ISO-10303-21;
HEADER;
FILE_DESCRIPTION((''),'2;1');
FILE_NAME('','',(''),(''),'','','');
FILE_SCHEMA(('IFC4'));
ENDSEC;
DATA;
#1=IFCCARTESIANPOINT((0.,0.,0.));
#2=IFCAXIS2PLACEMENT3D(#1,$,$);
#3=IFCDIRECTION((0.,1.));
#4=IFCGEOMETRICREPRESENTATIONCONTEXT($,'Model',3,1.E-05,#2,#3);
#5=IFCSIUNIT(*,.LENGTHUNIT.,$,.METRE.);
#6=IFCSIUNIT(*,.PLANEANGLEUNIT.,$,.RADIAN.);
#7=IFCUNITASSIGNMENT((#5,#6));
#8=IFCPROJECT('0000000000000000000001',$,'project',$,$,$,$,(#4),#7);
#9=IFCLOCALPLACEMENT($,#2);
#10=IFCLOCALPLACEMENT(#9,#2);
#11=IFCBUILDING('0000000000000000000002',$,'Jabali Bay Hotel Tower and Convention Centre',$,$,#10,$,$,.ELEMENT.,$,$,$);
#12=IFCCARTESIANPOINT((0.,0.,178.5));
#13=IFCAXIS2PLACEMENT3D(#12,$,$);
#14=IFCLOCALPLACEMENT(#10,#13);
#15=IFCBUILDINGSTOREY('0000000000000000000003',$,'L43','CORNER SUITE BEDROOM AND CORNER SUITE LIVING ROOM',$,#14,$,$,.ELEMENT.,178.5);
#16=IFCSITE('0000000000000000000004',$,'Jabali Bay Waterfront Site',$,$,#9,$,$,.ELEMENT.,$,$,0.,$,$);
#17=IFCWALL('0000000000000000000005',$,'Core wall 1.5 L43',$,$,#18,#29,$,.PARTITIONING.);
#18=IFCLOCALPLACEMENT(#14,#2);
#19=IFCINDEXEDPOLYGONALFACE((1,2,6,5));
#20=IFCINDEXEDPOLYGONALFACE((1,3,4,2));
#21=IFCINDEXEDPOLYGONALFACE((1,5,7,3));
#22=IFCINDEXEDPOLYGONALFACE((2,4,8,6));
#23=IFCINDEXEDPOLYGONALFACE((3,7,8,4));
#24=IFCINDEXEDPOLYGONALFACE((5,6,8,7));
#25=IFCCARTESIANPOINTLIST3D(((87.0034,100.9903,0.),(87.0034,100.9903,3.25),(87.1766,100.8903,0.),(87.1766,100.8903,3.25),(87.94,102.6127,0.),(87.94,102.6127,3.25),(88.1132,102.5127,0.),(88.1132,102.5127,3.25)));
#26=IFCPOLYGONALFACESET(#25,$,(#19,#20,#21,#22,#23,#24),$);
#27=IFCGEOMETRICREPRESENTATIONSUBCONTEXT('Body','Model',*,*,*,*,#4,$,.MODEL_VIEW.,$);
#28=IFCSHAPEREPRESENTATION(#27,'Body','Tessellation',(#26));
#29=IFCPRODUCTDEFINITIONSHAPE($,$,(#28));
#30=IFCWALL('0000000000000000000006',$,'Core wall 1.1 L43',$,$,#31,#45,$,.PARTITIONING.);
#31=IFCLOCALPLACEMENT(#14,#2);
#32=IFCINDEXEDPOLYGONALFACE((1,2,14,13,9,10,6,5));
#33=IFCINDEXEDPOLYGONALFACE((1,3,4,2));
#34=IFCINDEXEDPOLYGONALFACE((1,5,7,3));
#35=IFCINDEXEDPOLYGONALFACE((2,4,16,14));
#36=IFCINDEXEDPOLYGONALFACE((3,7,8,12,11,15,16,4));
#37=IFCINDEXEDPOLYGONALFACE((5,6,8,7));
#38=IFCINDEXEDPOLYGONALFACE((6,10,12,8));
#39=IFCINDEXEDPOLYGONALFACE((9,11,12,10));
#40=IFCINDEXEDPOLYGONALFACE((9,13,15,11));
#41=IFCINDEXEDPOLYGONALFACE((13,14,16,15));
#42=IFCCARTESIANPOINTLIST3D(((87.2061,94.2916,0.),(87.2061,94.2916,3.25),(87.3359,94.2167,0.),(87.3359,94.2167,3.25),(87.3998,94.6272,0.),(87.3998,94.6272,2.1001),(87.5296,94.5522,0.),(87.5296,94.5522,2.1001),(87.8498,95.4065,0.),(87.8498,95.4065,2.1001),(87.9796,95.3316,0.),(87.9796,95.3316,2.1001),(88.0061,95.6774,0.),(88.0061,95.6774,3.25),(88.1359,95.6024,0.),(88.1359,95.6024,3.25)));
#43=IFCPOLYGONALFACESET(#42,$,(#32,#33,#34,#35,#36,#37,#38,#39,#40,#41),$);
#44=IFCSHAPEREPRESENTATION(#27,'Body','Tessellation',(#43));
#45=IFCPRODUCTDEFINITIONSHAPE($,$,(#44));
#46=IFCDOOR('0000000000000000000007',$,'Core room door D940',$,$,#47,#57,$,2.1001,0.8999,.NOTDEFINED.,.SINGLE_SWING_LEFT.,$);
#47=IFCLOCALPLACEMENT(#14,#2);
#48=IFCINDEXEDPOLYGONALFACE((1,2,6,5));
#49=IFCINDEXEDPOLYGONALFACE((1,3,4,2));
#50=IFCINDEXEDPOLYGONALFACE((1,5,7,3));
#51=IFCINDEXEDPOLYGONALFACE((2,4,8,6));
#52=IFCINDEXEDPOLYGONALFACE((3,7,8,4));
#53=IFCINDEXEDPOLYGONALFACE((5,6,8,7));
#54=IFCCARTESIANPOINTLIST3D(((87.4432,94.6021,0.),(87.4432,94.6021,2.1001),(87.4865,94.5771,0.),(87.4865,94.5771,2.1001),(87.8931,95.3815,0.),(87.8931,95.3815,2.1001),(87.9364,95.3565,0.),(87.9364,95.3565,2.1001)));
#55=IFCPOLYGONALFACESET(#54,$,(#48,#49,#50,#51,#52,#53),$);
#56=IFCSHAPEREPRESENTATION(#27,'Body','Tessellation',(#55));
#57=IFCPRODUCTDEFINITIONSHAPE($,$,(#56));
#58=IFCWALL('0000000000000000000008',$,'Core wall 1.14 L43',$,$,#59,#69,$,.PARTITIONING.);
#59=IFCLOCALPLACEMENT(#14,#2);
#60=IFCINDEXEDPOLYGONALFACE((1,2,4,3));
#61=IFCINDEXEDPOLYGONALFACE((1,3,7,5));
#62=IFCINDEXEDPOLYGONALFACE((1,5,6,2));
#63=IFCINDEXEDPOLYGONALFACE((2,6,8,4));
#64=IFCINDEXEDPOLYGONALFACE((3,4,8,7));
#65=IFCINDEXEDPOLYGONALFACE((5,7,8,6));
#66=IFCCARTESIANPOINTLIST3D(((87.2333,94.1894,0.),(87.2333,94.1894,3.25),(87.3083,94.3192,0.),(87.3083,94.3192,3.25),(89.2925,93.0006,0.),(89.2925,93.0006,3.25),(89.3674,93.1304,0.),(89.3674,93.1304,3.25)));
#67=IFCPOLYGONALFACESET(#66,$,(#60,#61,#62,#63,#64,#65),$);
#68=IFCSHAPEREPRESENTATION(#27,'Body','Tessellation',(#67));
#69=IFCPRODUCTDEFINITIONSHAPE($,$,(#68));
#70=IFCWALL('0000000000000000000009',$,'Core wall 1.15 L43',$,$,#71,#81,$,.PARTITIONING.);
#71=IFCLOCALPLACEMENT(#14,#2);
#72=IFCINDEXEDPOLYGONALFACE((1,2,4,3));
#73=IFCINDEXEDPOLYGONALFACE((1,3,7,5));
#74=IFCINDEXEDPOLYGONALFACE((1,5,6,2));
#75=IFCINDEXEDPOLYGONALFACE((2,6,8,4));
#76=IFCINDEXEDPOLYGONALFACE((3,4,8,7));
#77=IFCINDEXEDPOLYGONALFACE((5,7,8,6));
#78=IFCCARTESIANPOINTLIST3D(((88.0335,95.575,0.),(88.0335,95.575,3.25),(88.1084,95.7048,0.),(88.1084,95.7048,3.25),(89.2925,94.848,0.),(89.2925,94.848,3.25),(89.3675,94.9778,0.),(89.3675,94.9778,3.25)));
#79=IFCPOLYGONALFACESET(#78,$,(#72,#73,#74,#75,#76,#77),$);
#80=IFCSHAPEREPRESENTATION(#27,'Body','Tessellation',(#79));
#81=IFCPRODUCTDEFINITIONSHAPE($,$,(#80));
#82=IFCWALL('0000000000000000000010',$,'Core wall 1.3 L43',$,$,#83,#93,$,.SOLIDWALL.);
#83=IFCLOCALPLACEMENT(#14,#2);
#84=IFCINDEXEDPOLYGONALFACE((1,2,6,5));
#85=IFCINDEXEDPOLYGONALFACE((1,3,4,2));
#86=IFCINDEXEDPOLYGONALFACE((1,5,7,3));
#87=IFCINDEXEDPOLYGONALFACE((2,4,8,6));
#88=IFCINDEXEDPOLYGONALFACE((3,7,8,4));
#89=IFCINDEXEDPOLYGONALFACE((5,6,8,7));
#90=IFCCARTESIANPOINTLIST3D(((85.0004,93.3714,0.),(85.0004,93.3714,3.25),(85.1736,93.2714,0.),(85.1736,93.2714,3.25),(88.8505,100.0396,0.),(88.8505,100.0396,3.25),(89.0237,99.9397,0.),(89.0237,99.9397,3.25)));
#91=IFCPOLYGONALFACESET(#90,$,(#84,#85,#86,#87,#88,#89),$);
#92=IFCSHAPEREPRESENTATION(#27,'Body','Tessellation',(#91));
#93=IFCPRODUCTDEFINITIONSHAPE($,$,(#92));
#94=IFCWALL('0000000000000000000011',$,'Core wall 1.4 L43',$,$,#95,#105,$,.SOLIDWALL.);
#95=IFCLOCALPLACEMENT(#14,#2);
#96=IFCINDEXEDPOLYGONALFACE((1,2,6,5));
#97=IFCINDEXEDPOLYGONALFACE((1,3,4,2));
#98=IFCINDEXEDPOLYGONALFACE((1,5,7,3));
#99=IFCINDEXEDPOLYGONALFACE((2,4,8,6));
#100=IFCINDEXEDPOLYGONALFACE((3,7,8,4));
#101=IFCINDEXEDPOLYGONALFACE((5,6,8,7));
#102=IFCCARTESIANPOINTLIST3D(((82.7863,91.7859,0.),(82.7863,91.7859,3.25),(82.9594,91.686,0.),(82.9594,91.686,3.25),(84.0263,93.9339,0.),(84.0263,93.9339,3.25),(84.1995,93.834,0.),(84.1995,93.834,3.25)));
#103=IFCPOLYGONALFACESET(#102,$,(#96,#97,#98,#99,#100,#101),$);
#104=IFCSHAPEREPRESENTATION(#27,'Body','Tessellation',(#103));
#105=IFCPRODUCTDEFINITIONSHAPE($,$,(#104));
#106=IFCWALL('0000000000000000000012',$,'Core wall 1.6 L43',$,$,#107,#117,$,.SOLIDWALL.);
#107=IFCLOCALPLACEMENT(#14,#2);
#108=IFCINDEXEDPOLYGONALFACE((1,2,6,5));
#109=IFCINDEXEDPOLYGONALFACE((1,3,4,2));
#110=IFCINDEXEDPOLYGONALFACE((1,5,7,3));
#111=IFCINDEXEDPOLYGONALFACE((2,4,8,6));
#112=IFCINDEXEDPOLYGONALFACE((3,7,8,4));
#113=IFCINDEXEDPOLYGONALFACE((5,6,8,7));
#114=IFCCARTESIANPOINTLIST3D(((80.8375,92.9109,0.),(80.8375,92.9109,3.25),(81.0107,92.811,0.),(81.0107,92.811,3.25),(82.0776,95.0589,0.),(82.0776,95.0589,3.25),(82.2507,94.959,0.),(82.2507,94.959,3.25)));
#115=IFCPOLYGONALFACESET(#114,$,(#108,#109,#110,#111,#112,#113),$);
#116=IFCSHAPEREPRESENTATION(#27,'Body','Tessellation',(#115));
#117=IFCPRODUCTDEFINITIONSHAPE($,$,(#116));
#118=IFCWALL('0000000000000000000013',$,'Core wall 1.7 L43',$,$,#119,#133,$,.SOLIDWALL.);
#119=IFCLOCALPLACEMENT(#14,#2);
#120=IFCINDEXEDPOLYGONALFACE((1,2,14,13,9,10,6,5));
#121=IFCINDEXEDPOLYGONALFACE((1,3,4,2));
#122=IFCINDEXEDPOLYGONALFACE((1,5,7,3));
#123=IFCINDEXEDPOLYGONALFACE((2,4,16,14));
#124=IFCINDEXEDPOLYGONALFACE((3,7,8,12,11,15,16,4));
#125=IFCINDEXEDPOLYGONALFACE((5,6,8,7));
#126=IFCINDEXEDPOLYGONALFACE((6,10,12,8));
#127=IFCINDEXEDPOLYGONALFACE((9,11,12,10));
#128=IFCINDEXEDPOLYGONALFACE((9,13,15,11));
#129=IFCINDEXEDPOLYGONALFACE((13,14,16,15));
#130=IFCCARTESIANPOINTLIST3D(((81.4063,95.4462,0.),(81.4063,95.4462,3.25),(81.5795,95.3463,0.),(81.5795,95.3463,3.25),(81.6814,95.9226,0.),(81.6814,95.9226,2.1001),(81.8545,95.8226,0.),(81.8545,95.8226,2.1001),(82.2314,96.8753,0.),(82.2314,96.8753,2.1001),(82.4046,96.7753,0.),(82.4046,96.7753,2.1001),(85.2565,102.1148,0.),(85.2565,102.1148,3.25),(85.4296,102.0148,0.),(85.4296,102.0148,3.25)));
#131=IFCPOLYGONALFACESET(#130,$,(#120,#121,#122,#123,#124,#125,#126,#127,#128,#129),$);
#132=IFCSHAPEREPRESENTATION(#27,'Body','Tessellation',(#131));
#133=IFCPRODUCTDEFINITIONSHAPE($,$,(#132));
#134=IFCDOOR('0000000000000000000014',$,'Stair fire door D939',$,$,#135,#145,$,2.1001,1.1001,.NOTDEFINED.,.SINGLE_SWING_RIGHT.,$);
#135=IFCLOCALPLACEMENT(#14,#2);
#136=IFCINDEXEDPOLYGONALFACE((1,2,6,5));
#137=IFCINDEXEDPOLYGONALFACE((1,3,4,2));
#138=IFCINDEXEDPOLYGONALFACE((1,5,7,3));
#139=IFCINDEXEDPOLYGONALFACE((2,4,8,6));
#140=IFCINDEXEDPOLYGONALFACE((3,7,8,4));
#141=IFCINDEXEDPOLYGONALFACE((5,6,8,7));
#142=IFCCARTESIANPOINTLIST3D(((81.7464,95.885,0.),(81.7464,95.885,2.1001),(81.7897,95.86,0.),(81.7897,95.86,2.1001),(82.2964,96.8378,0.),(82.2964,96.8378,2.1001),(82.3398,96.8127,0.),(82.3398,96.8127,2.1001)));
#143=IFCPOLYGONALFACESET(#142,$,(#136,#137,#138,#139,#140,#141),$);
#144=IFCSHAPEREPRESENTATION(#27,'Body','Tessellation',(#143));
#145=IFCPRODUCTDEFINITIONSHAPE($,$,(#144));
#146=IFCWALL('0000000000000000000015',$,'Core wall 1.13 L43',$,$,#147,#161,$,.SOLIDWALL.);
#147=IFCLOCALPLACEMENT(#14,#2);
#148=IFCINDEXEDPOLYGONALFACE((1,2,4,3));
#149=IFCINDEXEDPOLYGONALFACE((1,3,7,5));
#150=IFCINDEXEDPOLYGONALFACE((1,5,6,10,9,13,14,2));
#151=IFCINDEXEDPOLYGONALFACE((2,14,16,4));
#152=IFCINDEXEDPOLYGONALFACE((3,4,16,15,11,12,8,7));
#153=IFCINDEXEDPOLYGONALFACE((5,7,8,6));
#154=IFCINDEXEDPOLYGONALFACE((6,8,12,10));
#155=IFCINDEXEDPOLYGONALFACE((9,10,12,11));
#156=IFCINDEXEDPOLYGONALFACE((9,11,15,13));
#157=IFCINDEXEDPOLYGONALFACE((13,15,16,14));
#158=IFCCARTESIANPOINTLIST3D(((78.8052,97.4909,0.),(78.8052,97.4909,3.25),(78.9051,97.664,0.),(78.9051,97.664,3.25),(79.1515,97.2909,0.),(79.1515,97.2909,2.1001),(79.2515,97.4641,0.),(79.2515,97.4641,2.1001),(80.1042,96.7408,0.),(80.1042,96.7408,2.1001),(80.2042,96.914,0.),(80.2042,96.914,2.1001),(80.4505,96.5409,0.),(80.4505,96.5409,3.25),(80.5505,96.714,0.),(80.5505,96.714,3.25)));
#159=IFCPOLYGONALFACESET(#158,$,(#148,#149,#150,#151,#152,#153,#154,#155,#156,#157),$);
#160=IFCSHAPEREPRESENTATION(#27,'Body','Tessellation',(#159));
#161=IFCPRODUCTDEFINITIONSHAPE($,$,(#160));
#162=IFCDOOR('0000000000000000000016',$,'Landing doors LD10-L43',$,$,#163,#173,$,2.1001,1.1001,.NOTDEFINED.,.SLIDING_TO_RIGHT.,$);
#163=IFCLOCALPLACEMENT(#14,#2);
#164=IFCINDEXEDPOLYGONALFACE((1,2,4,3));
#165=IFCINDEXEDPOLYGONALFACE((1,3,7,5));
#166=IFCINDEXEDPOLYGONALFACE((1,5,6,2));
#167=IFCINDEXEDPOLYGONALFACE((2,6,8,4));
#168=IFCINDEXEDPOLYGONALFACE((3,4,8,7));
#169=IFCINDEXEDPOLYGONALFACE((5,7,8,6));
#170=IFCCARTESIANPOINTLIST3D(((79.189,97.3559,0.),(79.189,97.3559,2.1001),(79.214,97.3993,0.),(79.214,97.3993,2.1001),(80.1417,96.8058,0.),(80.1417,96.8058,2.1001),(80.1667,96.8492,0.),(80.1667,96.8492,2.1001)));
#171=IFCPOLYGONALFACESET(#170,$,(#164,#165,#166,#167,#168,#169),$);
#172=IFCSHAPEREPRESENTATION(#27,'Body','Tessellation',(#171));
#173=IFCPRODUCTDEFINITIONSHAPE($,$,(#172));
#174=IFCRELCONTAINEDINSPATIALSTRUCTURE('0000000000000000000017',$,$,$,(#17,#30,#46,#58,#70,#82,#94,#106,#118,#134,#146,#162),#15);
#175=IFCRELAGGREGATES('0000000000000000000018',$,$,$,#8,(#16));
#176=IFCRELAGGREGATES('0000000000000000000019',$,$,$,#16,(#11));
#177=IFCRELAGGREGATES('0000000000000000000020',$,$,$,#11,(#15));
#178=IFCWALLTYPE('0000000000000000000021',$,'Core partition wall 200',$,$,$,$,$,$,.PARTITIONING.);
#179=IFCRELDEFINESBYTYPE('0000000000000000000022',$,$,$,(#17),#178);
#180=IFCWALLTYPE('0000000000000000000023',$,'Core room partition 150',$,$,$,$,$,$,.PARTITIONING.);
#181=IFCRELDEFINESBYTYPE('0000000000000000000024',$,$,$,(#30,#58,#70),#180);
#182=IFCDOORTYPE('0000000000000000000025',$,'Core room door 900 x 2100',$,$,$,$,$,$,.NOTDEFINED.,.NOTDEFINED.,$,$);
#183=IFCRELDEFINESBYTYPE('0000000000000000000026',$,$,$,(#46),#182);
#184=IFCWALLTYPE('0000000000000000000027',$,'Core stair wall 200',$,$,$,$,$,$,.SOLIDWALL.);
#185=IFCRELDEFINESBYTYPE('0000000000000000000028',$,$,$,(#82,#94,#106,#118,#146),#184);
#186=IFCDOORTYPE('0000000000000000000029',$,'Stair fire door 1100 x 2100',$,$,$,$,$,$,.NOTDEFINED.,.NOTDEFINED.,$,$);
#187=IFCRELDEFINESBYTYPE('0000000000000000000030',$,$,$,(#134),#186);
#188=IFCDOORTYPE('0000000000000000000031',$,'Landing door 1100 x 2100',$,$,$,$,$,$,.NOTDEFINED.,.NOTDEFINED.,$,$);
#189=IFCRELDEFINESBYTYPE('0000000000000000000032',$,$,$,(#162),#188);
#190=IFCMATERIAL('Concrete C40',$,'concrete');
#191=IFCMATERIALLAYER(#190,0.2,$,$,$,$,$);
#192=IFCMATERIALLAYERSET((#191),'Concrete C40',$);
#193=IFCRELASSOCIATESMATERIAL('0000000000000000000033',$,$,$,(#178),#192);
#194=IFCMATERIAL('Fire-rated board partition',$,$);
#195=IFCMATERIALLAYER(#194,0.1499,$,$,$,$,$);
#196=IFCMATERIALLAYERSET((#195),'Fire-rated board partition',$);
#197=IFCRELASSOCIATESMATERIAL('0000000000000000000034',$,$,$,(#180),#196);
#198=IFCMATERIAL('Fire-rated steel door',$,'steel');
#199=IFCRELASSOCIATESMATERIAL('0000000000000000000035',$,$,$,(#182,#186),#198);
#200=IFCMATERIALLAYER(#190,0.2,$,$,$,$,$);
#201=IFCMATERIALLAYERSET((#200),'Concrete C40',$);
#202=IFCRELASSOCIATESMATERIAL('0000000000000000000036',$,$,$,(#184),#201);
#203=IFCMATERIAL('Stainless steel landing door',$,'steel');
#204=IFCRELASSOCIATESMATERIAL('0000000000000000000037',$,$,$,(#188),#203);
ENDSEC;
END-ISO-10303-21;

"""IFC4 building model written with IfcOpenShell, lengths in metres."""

from ifc_helpers import new_model, si_unit, direction, frame, frame_2d, origin, place, context, subcontext, project, spatial, rectangle, extrude, material, layer, layer_set, type_object, element, fill, save


model = new_model("IFC4")

# Units and contexts
model_context = context("Model", 3, precision=1e-05, world=origin(), true_north=direction((0.0, 1.0)))
body_context = subcontext(model_context, "Body", "Model", "MODEL_VIEW")
ifc_project = project(units=[si_unit("LENGTHUNIT", "METRE"), si_unit("PLANEANGLEUNIT", "RADIAN")], contexts=[model_context])

# Site, building, storey
site_placement = place(None, origin())
site = spatial("IfcSite", under=ifc_project, at=site_placement, Name="Jabali Bay Waterfront Site", CompositionType="ELEMENT", RefElevation=0.0)
building_placement = place(site_placement, origin())
building = spatial("IfcBuilding", under=site, at=building_placement, Name="Jabali Bay Hotel Tower and Convention Centre", CompositionType="ELEMENT")
storey_placement = place(building_placement, frame((0.0, 0.0, 178.5)))
storey = spatial("IfcBuildingStorey", under=building, at=storey_placement, Name="L43", Description="CORNER SUITE BEDROOM AND CORNER SUITE LIVING ROOM", CompositionType="ELEMENT", Elevation=178.5)

# Wall
ifc_material_1 = material(Name="Concrete C40", Category="concrete")
ifc_layer_1 = layer(ifc_material_1, 0.2)
ifc_layer_set_1 = layer_set([ifc_layer_1], Name="Concrete C40")
wall_type_1 = type_object("IfcWallType", Name="Core partition wall 200", PredefinedType="PARTITIONING", material=ifc_layer_set_1)
wall_1_placement = place(storey_placement, frame((87.0901, 100.9404, 0.0), z_axis=(0.0, 0.0, 1.0), x_axis=(0.499952, 0.866053, 0.0)))
element("IfcWall", 1, at=wall_1_placement, inside=storey, type_object=wall_type_1, Name="Core wall 1.5 L43", PredefinedType="PARTITIONING", context=body_context, shape_type="SweptSolid", body=[
    extrude(rectangle(XDim=1.8733, YDim=0.2, at=frame_2d((0.9365, 0.0))), origin(), (0.0, 0.0, 1.0), 3.25),
])

# Wall, opening, door
ifc_material_2 = material(Name="Fire-rated board partition")
ifc_layer_2 = layer(ifc_material_2, 0.1499)
ifc_layer_set_2 = layer_set([ifc_layer_2], Name="Fire-rated board partition")
wall_type_2 = type_object("IfcWallType", Name="Core room partition 150", PredefinedType="PARTITIONING", material=ifc_layer_set_2)
wall_2_placement = place(storey_placement, frame((87.271, 94.2542, 0.0), z_axis=(0.0, 0.0, 1.0), x_axis=(0.499995, 0.866028, 0.0)))
wall_2 = element("IfcWall", 2, at=wall_2_placement, inside=storey, type_object=wall_type_2, Name="Core wall 1.1 L43", PredefinedType="PARTITIONING", context=body_context, shape_type="SweptSolid", body=[
    extrude(rectangle(XDim=1.6001, YDim=0.1499, at=frame_2d((0.8, 0.0))), origin(), (0.0, 0.0, 1.0), 3.25),
])
opening_1_placement = place(wall_2_placement, frame((0.3875, 0.0, 0.0)))
opening_1 = element("IfcOpeningElement", 3, at=opening_1_placement, cuts=wall_2, PredefinedType="OPENING", context=body_context, shape_type="SweptSolid", body=[
    extrude(rectangle(XDim=0.8999, YDim=2.1001, at=frame_2d((0.45, 1.05))), frame((0.0, 0.0854, 0.0), z_axis=(0.0, -1.0, 0.0), x_axis=(1.0, 0.0, 0.0)), (0.0, 0.0, 1.0), 0.1709),
])
ifc_material_3 = material(Name="Fire-rated steel door", Category="steel")
door_type_1 = type_object("IfcDoorType", Name="Core room door 900 x 2100", OperationType="NOTDEFINED", PredefinedType="NOTDEFINED", material=ifc_material_3)
door_1_placement = place(opening_1_placement, origin())
door_1 = element("IfcDoor", 4, at=door_1_placement, inside=storey, type_object=door_type_1, Name="Core room door D940", OperationType="SINGLE_SWING_LEFT", OverallHeight=2.1001, OverallWidth=0.8999, PredefinedType="NOTDEFINED", context=body_context, shape_type="SweptSolid", body=[
    extrude(rectangle(XDim=0.8999, YDim=2.1001, at=frame_2d((0.45, 1.05))), frame((0.0, 0.0249, 0.0), z_axis=(0.0, -1.0, 0.0), x_axis=(1.0, 0.0, 0.0)), (0.0, 0.0, 1.0), 0.05),
])
fill(opening_1, door_1)

# Walls
wall_3_placement = place(storey_placement, frame((89.3301, 93.0654, 0.0), z_axis=(0.0, 0.0, 1.0), x_axis=(-0.866042, 0.499971, 0.0)))
element("IfcWall", 5, at=wall_3_placement, inside=storey, type_object=wall_type_2, Name="Core wall 1.14 L43", PredefinedType="PARTITIONING", context=body_context, shape_type="SweptSolid", body=[
    extrude(rectangle(XDim=2.3777, YDim=0.1499, at=frame_2d((1.189, 0.0))), origin(), (0.0, 0.0, 1.0), 3.25),
])
wall_4_placement = place(storey_placement, frame((89.3301, 94.9128, 0.0), z_axis=(0.0, 0.0, 1.0), x_axis=(-0.865981, 0.500076, 0.0)))
element("IfcWall", 6, at=wall_4_placement, inside=storey, type_object=wall_type_2, Name="Core wall 1.15 L43", PredefinedType="PARTITIONING", context=body_context, shape_type="SweptSolid", body=[
    extrude(rectangle(XDim=1.4539, YDim=0.1499, at=frame_2d((0.7271, 0.0))), origin(), (0.0, 0.0, 1.0), 3.25),
])
ifc_layer_3 = layer(ifc_material_1, 0.2)
ifc_layer_set_3 = layer_set([ifc_layer_3], Name="Concrete C40")
wall_type_3 = type_object("IfcWallType", Name="Core stair wall 200", PredefinedType="SOLIDWALL", material=ifc_layer_set_3)
wall_5_placement = place(storey_placement, frame((85.0869, 93.3213, 0.0), z_axis=(0.0, 0.0, 1.0), x_axis=(0.50002, 0.866014, 0.0)))
element("IfcWall", 7, at=wall_5_placement, inside=storey, type_object=wall_type_3, Name="Core wall 1.3 L43", PredefinedType="SOLIDWALL", context=body_context, shape_type="SweptSolid", body=[
    extrude(rectangle(XDim=7.7, YDim=0.2, at=frame_2d((3.8501, 0.0))), origin(), (0.0, 0.0, 1.0), 3.25),
])
for number, where, z_axis, x_axis, name in (
    (8, (82.8728, 91.7358, 0.0), (0.0, 0.0, 1.0), (0.499961, 0.866048, 0.0), "Core wall 1.4 L43"),
    (9, (80.9241, 92.8608, 0.0), (0.0, 0.0, 1.0), (0.499961, 0.866048, 0.0), "Core wall 1.6 L43"),
):
    element("IfcWall", number, at=place(storey_placement, frame(where, z_axis=z_axis, x_axis=x_axis)), inside=storey, type_object=wall_type_3, Name=name, PredefinedType="SOLIDWALL", context=body_context, shape_type="SweptSolid", body=[
        extrude(rectangle(XDim=2.4802, YDim=0.2, at=frame_2d((1.2402, 0.0))), origin(), (0.0, 0.0, 1.0), 3.25),
    ])

# Walls, openings, doors
wall_6_placement = place(storey_placement, frame((81.4929, 95.3962, 0.0), z_axis=(0.0, 0.0, 1.0), x_axis=(0.500006, 0.866022, 0.0)))
wall_6 = element("IfcWall", 10, at=wall_6_placement, inside=storey, type_object=wall_type_3, Name="Core wall 1.7 L43", PredefinedType="SOLIDWALL", context=body_context, shape_type="SweptSolid", body=[
    extrude(rectangle(XDim=7.7002, YDim=0.2, at=frame_2d((3.8501, 0.0))), origin(), (0.0, 0.0, 1.0), 3.25),
])
opening_2_placement = place(wall_6_placement, frame((0.55, 0.0, 0.0)))
opening_2 = element("IfcOpeningElement", 11, at=opening_2_placement, cuts=wall_6, PredefinedType="OPENING", context=body_context, shape_type="SweptSolid", body=[
    extrude(rectangle(XDim=1.1001, YDim=2.1001, at=frame_2d((0.55, 1.05))), frame((0.0, 0.1104, 0.0), z_axis=(0.0, -1.0, 0.0), x_axis=(1.0, 0.0, 0.0)), (0.0, 0.0, 1.0), 0.2209),
])
door_type_2 = type_object("IfcDoorType", Name="Stair fire door 1100 x 2100", OperationType="NOTDEFINED", PredefinedType="NOTDEFINED", material=ifc_material_3)
door_2_placement = place(opening_2_placement, origin())
door_2 = element("IfcDoor", 12, at=door_2_placement, inside=storey, type_object=door_type_2, Name="Stair fire door D939", OperationType="SINGLE_SWING_RIGHT", OverallHeight=2.1001, OverallWidth=1.1001, PredefinedType="NOTDEFINED", context=body_context, shape_type="SweptSolid", body=[
    extrude(rectangle(XDim=1.1001, YDim=2.1001, at=frame_2d((0.55, 1.05))), frame((0.0, 0.0249, 0.0), z_axis=(0.0, -1.0, 0.0), x_axis=(1.0, 0.0, 0.0)), (0.0, 0.0, 1.0), 0.05),
])
fill(opening_2, door_2)
wall_7_placement = place(storey_placement, frame((80.5005, 96.6274, 0.0), z_axis=(0.0, 0.0, 1.0), x_axis=(-0.866012, 0.500023, 0.0)))
wall_7 = element("IfcWall", 13, at=wall_7_placement, inside=storey, type_object=wall_type_3, Name="Core wall 1.13 L43", PredefinedType="SOLIDWALL", context=body_context, shape_type="SweptSolid", body=[
    extrude(rectangle(XDim=1.8999, YDim=0.2, at=frame_2d((0.95, 0.0))), origin(), (0.0, 0.0, 1.0), 3.25),
])
opening_3_placement = place(wall_7_placement, frame((0.3999, 0.0, 0.0)))
opening_3 = element("IfcOpeningElement", 14, at=opening_3_placement, cuts=wall_7, PredefinedType="OPENING", context=body_context, shape_type="SweptSolid", body=[
    extrude(rectangle(XDim=1.1001, YDim=2.1001, at=frame_2d((0.55, 1.05))), frame((0.0, 0.1104, 0.0), z_axis=(0.0, -1.0, 0.0), x_axis=(1.0, 0.0, 0.0)), (0.0, 0.0, 1.0), 0.2209),
])
ifc_material_4 = material(Name="Stainless steel landing door", Category="steel")
door_type_3 = type_object("IfcDoorType", Name="Landing door 1100 x 2100", OperationType="NOTDEFINED", PredefinedType="NOTDEFINED", material=ifc_material_4)
door_3_placement = place(opening_3_placement, origin())
door_3 = element("IfcDoor", 15, at=door_3_placement, inside=storey, type_object=door_type_3, Name="Landing doors LD10-L43", OperationType="SLIDING_TO_RIGHT", OverallHeight=2.1001, OverallWidth=1.1001, PredefinedType="NOTDEFINED", context=body_context, shape_type="SweptSolid", body=[
    extrude(rectangle(XDim=1.1001, YDim=2.1001, at=frame_2d((0.55, 1.05))), frame((0.0, 0.0249, 0.0), z_axis=(0.0, -1.0, 0.0), x_axis=(1.0, 0.0, 0.0)), (0.0, 0.0, 1.0), 0.05),
])
fill(opening_3, door_3)

save(model, "model.ifc")
